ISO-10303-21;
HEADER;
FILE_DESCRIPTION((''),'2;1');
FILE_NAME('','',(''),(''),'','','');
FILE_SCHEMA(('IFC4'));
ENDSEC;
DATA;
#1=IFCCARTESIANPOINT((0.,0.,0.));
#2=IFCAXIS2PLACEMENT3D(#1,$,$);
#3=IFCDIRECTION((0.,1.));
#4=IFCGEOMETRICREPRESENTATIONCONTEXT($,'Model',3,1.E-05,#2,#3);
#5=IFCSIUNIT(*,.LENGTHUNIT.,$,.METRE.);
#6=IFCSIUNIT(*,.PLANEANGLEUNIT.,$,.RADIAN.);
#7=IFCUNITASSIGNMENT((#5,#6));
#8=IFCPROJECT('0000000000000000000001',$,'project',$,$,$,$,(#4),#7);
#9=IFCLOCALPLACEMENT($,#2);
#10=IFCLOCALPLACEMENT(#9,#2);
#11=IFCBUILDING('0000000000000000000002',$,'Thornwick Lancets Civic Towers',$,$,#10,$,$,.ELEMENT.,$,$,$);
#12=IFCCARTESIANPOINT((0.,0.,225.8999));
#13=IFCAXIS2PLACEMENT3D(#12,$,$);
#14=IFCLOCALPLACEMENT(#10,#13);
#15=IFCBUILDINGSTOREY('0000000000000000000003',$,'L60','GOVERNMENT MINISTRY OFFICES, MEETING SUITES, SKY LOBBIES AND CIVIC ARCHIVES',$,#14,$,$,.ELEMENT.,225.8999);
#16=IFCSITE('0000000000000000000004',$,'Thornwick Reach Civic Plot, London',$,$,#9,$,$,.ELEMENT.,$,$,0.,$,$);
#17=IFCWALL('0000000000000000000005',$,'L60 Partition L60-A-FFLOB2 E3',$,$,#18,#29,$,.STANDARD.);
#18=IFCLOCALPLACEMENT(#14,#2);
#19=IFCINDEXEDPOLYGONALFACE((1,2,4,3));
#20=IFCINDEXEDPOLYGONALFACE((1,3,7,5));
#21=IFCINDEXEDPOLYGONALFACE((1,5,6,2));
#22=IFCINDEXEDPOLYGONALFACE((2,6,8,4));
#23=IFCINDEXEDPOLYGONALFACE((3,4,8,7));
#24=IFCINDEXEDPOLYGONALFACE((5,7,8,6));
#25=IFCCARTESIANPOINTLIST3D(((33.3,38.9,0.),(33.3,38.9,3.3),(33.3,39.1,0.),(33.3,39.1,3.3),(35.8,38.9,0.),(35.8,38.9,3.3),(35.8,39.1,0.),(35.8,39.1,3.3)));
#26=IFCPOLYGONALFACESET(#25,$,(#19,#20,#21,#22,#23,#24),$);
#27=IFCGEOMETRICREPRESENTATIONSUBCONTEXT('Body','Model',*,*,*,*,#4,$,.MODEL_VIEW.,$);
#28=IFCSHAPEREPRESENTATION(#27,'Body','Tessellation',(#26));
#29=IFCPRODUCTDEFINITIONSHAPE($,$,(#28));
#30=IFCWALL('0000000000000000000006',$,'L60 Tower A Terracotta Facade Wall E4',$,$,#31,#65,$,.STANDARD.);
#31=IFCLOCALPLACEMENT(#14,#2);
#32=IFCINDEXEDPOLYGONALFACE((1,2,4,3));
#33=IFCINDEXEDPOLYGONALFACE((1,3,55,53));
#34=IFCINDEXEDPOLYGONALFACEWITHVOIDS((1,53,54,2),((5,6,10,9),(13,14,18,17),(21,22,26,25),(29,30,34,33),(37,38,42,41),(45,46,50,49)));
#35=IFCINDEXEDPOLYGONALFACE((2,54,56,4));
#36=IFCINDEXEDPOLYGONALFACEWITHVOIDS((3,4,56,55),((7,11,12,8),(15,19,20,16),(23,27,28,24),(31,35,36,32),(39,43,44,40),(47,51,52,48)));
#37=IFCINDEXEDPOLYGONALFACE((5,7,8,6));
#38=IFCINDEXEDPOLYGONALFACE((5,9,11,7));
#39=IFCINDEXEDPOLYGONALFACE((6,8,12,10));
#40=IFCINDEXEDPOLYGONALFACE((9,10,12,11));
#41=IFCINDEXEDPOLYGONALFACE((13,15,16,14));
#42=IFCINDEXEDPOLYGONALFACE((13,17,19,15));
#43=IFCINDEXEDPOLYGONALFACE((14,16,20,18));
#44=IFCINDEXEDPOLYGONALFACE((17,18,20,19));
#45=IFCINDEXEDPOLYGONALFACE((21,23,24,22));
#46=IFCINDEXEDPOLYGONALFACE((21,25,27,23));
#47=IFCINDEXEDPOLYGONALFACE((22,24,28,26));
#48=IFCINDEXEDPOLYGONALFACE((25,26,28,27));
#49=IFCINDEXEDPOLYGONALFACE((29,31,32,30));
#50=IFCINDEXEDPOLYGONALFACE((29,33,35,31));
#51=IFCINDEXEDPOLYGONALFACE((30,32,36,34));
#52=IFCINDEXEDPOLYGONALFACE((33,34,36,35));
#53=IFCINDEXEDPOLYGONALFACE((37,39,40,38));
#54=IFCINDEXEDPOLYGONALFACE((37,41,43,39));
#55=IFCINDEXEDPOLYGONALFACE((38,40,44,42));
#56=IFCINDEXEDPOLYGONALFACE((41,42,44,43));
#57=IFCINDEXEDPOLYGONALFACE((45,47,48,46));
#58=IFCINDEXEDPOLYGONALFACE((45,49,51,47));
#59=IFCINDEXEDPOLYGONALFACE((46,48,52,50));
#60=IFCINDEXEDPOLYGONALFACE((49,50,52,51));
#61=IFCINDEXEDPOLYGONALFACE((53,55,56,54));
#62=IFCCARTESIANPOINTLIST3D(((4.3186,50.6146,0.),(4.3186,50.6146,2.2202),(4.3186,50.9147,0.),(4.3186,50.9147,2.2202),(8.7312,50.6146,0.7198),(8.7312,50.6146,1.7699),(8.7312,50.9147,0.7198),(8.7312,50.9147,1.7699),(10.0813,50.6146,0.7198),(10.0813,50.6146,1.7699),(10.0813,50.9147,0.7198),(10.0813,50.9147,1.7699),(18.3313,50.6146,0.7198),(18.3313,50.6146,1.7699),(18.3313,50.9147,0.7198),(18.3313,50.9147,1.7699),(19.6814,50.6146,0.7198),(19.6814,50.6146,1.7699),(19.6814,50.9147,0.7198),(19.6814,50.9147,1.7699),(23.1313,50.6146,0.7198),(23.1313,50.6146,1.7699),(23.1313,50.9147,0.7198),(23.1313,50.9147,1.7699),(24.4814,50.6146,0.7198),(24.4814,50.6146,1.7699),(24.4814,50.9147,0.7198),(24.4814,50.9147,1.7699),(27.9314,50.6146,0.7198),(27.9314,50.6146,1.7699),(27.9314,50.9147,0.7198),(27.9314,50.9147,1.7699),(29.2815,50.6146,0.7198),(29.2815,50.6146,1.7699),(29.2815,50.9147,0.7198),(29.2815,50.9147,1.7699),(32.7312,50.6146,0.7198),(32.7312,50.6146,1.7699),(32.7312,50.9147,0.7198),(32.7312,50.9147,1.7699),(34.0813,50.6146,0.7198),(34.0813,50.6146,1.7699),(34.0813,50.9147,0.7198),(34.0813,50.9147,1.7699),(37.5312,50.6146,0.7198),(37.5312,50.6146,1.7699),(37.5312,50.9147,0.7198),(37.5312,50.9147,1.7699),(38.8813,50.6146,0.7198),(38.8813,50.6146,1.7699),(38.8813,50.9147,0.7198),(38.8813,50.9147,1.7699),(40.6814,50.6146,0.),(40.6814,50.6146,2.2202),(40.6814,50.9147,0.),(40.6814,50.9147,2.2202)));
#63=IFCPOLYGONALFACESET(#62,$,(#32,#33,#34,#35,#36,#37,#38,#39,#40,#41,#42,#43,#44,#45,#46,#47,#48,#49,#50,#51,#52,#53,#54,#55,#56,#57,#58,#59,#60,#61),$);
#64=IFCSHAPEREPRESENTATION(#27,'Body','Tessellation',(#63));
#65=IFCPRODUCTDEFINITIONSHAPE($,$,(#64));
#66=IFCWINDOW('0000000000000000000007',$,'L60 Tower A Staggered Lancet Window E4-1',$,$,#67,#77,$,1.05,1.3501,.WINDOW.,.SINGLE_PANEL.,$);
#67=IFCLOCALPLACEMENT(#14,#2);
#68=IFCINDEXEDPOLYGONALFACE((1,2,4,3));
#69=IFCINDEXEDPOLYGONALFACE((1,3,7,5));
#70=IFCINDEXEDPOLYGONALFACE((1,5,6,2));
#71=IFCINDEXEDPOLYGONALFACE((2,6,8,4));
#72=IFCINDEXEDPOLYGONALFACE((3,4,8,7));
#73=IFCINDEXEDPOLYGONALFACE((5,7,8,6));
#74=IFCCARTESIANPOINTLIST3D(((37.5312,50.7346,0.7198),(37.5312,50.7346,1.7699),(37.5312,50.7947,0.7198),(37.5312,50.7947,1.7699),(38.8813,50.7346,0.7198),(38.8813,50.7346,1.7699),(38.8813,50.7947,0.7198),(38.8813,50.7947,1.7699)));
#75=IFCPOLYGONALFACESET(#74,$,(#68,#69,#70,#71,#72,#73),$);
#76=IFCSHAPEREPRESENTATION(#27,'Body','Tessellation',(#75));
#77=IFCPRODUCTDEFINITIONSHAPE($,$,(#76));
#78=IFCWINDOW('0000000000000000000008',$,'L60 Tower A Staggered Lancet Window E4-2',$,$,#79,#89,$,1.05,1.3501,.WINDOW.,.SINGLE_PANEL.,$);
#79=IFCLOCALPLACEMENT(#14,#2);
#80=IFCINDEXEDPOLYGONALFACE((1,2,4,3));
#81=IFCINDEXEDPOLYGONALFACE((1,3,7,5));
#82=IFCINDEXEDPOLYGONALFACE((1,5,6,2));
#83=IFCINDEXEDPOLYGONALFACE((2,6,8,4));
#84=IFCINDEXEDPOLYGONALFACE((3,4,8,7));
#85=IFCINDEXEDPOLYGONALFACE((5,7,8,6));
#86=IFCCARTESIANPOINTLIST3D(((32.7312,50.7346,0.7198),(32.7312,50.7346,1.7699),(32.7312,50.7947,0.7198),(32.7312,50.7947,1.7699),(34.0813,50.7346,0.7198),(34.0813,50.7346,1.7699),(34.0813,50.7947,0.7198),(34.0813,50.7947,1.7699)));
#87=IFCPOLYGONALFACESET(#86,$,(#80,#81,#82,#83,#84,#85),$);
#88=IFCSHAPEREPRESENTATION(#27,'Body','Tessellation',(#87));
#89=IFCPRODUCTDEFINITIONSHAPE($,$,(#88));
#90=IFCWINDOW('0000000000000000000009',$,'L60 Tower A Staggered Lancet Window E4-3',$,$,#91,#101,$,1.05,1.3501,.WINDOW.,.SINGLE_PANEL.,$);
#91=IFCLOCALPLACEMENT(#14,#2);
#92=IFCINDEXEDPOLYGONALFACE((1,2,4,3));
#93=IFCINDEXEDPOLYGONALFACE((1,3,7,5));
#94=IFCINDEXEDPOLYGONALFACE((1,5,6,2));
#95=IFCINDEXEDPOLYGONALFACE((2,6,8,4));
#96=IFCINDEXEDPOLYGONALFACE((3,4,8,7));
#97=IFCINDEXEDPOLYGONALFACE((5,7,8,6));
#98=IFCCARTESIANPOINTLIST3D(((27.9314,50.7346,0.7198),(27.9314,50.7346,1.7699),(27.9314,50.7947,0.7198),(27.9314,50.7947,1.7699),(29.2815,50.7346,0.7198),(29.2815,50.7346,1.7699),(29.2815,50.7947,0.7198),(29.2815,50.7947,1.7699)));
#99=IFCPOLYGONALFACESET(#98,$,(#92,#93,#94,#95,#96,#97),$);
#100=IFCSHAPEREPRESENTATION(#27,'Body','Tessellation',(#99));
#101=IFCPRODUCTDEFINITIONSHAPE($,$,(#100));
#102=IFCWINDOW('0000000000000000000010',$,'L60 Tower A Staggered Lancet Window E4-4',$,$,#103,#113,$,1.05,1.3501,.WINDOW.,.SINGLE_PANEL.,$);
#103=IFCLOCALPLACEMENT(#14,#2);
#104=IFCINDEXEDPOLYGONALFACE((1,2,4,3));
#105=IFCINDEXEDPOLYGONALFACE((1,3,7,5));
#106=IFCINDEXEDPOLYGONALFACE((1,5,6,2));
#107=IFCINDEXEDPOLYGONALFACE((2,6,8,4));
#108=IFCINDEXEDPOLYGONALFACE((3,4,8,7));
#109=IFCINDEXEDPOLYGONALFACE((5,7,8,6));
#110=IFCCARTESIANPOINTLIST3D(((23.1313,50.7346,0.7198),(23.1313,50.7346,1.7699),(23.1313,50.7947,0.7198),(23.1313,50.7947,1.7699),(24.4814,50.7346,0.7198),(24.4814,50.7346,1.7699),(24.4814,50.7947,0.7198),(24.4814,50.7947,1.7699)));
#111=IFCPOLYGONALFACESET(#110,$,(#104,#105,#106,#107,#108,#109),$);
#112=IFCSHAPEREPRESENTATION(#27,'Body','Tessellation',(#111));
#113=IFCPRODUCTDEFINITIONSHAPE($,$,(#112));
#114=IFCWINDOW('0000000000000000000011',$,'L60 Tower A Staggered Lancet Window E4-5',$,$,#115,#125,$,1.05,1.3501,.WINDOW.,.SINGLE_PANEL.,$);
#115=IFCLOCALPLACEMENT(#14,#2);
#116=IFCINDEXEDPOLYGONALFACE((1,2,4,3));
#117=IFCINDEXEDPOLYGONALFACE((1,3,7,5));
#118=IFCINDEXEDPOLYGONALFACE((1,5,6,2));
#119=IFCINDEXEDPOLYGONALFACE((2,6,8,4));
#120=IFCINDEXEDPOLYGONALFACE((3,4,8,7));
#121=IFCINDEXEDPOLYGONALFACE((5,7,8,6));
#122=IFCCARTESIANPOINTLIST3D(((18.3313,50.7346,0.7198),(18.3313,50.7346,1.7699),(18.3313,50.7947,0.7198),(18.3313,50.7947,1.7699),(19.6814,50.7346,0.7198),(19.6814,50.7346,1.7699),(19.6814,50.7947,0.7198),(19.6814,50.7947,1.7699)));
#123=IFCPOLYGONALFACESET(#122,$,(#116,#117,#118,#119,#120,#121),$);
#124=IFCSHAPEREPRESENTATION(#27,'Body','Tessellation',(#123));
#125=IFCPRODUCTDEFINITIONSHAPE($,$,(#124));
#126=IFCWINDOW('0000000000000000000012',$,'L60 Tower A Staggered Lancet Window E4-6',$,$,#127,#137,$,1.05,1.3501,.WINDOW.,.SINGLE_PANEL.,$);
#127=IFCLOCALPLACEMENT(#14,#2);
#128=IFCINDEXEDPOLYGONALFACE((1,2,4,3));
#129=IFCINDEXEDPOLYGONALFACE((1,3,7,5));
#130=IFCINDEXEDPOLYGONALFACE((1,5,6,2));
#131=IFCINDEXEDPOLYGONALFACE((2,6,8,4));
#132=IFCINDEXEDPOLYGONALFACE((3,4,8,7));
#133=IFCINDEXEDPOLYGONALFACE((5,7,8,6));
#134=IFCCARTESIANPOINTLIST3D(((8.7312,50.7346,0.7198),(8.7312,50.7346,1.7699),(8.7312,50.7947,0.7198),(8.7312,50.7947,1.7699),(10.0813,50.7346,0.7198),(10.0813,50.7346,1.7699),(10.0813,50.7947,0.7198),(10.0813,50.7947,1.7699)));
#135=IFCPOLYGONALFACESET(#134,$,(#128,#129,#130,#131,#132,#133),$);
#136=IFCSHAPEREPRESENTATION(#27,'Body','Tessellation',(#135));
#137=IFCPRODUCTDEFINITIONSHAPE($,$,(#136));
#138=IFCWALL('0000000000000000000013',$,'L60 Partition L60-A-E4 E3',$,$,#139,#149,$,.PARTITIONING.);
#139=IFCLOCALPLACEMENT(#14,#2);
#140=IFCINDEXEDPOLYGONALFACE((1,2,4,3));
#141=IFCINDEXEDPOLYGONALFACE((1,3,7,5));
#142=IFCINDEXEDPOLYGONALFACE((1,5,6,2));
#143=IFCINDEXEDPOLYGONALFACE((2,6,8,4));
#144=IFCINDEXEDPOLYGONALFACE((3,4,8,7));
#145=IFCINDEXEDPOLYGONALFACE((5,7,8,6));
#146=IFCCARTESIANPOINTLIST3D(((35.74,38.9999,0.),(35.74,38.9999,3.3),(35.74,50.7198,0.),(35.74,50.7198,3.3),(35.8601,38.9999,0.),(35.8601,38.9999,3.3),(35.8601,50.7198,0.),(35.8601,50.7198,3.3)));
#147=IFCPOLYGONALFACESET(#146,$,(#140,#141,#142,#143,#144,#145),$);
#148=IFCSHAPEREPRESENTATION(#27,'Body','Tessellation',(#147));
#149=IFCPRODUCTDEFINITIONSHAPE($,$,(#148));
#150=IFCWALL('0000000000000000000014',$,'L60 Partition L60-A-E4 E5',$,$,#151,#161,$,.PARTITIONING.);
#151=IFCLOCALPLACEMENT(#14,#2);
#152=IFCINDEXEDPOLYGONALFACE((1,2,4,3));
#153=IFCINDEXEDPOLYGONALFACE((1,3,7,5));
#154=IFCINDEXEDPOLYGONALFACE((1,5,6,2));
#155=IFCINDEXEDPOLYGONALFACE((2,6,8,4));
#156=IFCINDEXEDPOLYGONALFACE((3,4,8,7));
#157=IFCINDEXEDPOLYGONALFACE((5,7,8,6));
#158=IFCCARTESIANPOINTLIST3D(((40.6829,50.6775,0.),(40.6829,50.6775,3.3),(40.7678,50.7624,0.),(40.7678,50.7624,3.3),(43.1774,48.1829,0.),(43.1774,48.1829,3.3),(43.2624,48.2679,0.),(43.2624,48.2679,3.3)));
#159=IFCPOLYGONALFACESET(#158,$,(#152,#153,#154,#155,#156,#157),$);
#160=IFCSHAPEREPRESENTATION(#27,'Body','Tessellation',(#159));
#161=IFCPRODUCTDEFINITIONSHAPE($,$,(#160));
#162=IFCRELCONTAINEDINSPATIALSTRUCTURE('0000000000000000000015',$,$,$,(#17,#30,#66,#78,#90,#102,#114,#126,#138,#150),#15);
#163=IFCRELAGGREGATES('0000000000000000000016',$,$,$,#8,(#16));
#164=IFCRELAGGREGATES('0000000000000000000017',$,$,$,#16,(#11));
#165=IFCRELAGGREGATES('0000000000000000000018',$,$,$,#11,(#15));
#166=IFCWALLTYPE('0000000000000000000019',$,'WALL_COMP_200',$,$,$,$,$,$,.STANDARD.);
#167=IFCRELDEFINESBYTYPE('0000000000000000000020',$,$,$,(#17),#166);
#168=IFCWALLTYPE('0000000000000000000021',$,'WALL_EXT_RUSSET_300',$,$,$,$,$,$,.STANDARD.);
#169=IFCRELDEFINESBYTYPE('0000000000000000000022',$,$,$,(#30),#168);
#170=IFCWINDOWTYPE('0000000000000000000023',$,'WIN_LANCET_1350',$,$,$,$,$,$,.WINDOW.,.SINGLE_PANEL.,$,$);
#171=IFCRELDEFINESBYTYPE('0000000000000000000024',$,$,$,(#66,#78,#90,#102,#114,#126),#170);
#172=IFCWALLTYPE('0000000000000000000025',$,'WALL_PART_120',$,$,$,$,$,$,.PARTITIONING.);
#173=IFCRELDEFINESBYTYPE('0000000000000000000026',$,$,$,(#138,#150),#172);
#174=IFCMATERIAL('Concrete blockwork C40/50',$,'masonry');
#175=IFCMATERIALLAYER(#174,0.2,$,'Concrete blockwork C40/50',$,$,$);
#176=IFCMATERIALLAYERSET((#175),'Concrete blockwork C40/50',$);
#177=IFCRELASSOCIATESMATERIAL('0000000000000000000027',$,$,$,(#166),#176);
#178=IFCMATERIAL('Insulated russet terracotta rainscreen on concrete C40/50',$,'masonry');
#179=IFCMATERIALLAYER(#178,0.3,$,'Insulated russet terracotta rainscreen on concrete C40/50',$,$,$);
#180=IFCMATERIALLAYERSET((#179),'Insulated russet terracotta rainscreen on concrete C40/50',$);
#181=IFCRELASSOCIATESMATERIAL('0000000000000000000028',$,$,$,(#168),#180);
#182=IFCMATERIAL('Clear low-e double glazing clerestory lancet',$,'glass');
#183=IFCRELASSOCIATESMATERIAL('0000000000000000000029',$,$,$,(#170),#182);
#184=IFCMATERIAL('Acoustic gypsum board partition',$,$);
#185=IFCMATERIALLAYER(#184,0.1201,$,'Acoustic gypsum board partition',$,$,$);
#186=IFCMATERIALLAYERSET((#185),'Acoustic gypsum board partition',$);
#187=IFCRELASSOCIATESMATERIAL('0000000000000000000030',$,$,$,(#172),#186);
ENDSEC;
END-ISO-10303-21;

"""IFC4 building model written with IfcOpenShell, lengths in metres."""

from ifc_helpers import new_model, si_unit, direction, frame, frame_2d, origin, place, context, subcontext, project, spatial, rectangle, extrude, material, layer, layer_set, type_object, element, fill, save


model = new_model("IFC4")

# Units and contexts
model_context = context("Model", 3, precision=1e-05, world=origin(), true_north=direction((0.0, 1.0)))
body_context = subcontext(model_context, "Body", "Model", "MODEL_VIEW")
ifc_project = project(units=[si_unit("LENGTHUNIT", "METRE"), si_unit("PLANEANGLEUNIT", "RADIAN")], contexts=[model_context])

# Site, building, storey
site_placement = place(None, origin())
site = spatial("IfcSite", under=ifc_project, at=site_placement, Name="Thornwick Reach Civic Plot, London", CompositionType="ELEMENT", RefElevation=0.0)
building_placement = place(site_placement, origin())
building = spatial("IfcBuilding", under=site, at=building_placement, Name="Thornwick Lancets Civic Towers", CompositionType="ELEMENT")
storey_placement = place(building_placement, frame((0.0, 0.0, 225.8999)))
storey = spatial("IfcBuildingStorey", under=building, at=storey_placement, Name="L60", Description="GOVERNMENT MINISTRY OFFICES, MEETING SUITES, SKY LOBBIES AND CIVIC ARCHIVES", CompositionType="ELEMENT", Elevation=225.8999)

# Wall
ifc_material_1 = material(Name="Concrete blockwork C40/50", Category="masonry")
ifc_layer_1 = layer(ifc_material_1, 0.2, Name="Concrete blockwork C40/50")
ifc_layer_set_1 = layer_set([ifc_layer_1], Name="Concrete blockwork C40/50")
wall_type_1 = type_object("IfcWallType", Name="WALL_COMP_200", PredefinedType="STANDARD", material=ifc_layer_set_1)
wall_1_placement = place(storey_placement, frame((35.8, 39.0, 0.0), z_axis=(0.0, 0.0, 1.0), x_axis=(-1.0, 0.0, 0.0)))
element("IfcWall", 1, at=wall_1_placement, inside=storey, type_object=wall_type_1, Name="L60 Partition L60-A-FFLOB2 E3", PredefinedType="STANDARD", context=body_context, shape_type="SweptSolid", body=[
    extrude(rectangle(XDim=2.5, YDim=0.2, at=frame_2d((1.25, 0.0))), origin(), (0.0, 0.0, 1.0), 3.3),
])

# Wall, openings, windows
ifc_material_2 = material(Name="Insulated russet terracotta rainscreen on concrete C40/50", Category="masonry")
ifc_layer_2 = layer(ifc_material_2, 0.3, Name="Insulated russet terracotta rainscreen on concrete C40/50")
ifc_layer_set_2 = layer_set([ifc_layer_2], Name="Insulated russet terracotta rainscreen on concrete C40/50")
wall_type_2 = type_object("IfcWallType", Name="WALL_EXT_RUSSET_300", PredefinedType="STANDARD", material=ifc_layer_set_2)
wall_2_placement = place(storey_placement, frame((40.6814, 50.7646, 0.0), z_axis=(0.0, 0.0, 1.0), x_axis=(-1.0, 0.0, 0.0)))
wall_2 = element("IfcWall", 2, at=wall_2_placement, inside=storey, type_object=wall_type_2, Name="L60 Tower A Terracotta Facade Wall E4", PredefinedType="STANDARD", context=body_context, shape_type="SweptSolid", body=[
    extrude(rectangle(XDim=36.3628, YDim=0.3, at=frame_2d((18.1814, 0.0))), origin(), (0.0, 0.0, 1.0), 2.2202),
])
opening_1_placement = place(wall_2_placement, frame((1.8, 0.0, 0.72)))
opening_1 = element("IfcOpeningElement", 3, at=opening_1_placement, cuts=wall_2, PredefinedType="OPENING", context=body_context, shape_type="SweptSolid", body=[
    extrude(rectangle(XDim=1.3501, YDim=1.05, at=frame_2d((0.675, 0.5249))), frame((0.0, 0.1602, 0.0), z_axis=(0.0, -1.0, 0.0), x_axis=(1.0, 0.0, 0.0)), (0.0, 0.0, 1.0), 0.3201),
])
opening_2_placement = place(wall_2_placement, frame((6.6001, 0.0, 0.72)))
opening_2 = element("IfcOpeningElement", 4, at=opening_2_placement, cuts=wall_2, PredefinedType="OPENING", context=body_context, shape_type="SweptSolid", body=[
    extrude(rectangle(XDim=1.3501, YDim=1.05, at=frame_2d((0.675, 0.5249))), frame((0.0, 0.1602, 0.0), z_axis=(0.0, -1.0, 0.0), x_axis=(1.0, 0.0, 0.0)), (0.0, 0.0, 1.0), 0.3201),
])
opening_3_placement = place(wall_2_placement, frame((11.3999, 0.0, 0.72)))
opening_3 = element("IfcOpeningElement", 5, at=opening_3_placement, cuts=wall_2, PredefinedType="OPENING", context=body_context, shape_type="SweptSolid", body=[
    extrude(rectangle(XDim=1.3501, YDim=1.05, at=frame_2d((0.675, 0.5249))), frame((0.0, 0.1602, 0.0), z_axis=(0.0, -1.0, 0.0), x_axis=(1.0, 0.0, 0.0)), (0.0, 0.0, 1.0), 0.3201),
])
opening_4_placement = place(wall_2_placement, frame((16.2, 0.0, 0.72)))
opening_4 = element("IfcOpeningElement", 6, at=opening_4_placement, cuts=wall_2, PredefinedType="OPENING", context=body_context, shape_type="SweptSolid", body=[
    extrude(rectangle(XDim=1.3501, YDim=1.05, at=frame_2d((0.675, 0.5249))), frame((0.0, 0.1602, 0.0), z_axis=(0.0, -1.0, 0.0), x_axis=(1.0, 0.0, 0.0)), (0.0, 0.0, 1.0), 0.3201),
])
opening_5_placement = place(wall_2_placement, frame((21.0, 0.0, 0.72)))
opening_5 = element("IfcOpeningElement", 7, at=opening_5_placement, cuts=wall_2, PredefinedType="OPENING", context=body_context, shape_type="SweptSolid", body=[
    extrude(rectangle(XDim=1.3501, YDim=1.05, at=frame_2d((0.675, 0.5249))), frame((0.0, 0.1602, 0.0), z_axis=(0.0, -1.0, 0.0), x_axis=(1.0, 0.0, 0.0)), (0.0, 0.0, 1.0), 0.3201),
])
opening_6_placement = place(wall_2_placement, frame((30.6001, 0.0, 0.72)))
opening_6 = element("IfcOpeningElement", 8, at=opening_6_placement, cuts=wall_2, PredefinedType="OPENING", context=body_context, shape_type="SweptSolid", body=[
    extrude(rectangle(XDim=1.3501, YDim=1.05, at=frame_2d((0.675, 0.5249))), frame((0.0, 0.1602, 0.0), z_axis=(0.0, -1.0, 0.0), x_axis=(1.0, 0.0, 0.0)), (0.0, 0.0, 1.0), 0.3201),
])
ifc_material_3 = material(Name="Clear low-e double glazing clerestory lancet", Category="glass")
window_type = type_object("IfcWindowType", Name="WIN_LANCET_1350", PartitioningType="SINGLE_PANEL", PredefinedType="WINDOW", material=ifc_material_3)
window_1_placement = place(opening_1_placement, origin())
window_1 = element("IfcWindow", 9, at=window_1_placement, inside=storey, type_object=window_type, Name="L60 Tower A Staggered Lancet Window E4-1", OverallHeight=1.05, OverallWidth=1.3501, PartitioningType="SINGLE_PANEL", PredefinedType="WINDOW", context=body_context, shape_type="SweptSolid", body=[
    extrude(rectangle(XDim=1.3501, YDim=1.05, at=frame_2d((0.675, 0.5249))), frame((0.0, 0.03, 0.0), z_axis=(0.0, -1.0, 0.0), x_axis=(1.0, 0.0, 0.0)), (0.0, 0.0, 1.0), 0.0601),
])
fill(opening_1, window_1)
window_2_placement = place(opening_2_placement, origin())
window_2 = element("IfcWindow", 10, at=window_2_placement, inside=storey, type_object=window_type, Name="L60 Tower A Staggered Lancet Window E4-2", OverallHeight=1.05, OverallWidth=1.3501, PartitioningType="SINGLE_PANEL", PredefinedType="WINDOW", context=body_context, shape_type="SweptSolid", body=[
    extrude(rectangle(XDim=1.3501, YDim=1.05, at=frame_2d((0.675, 0.5249))), frame((0.0, 0.03, 0.0), z_axis=(0.0, -1.0, 0.0), x_axis=(1.0, 0.0, 0.0)), (0.0, 0.0, 1.0), 0.0601),
])
fill(opening_2, window_2)
window_3_placement = place(opening_3_placement, origin())
window_3 = element("IfcWindow", 11, at=window_3_placement, inside=storey, type_object=window_type, Name="L60 Tower A Staggered Lancet Window E4-3", OverallHeight=1.05, OverallWidth=1.3501, PartitioningType="SINGLE_PANEL", PredefinedType="WINDOW", context=body_context, shape_type="SweptSolid", body=[
    extrude(rectangle(XDim=1.3501, YDim=1.05, at=frame_2d((0.675, 0.5249))), frame((0.0, 0.03, 0.0), z_axis=(0.0, -1.0, 0.0), x_axis=(1.0, 0.0, 0.0)), (0.0, 0.0, 1.0), 0.0601),
])
fill(opening_3, window_3)
window_4_placement = place(opening_4_placement, origin())
window_4 = element("IfcWindow", 12, at=window_4_placement, inside=storey, type_object=window_type, Name="L60 Tower A Staggered Lancet Window E4-4", OverallHeight=1.05, OverallWidth=1.3501, PartitioningType="SINGLE_PANEL", PredefinedType="WINDOW", context=body_context, shape_type="SweptSolid", body=[
    extrude(rectangle(XDim=1.3501, YDim=1.05, at=frame_2d((0.675, 0.5249))), frame((0.0, 0.03, 0.0), z_axis=(0.0, -1.0, 0.0), x_axis=(1.0, 0.0, 0.0)), (0.0, 0.0, 1.0), 0.0601),
])
fill(opening_4, window_4)
window_5_placement = place(opening_5_placement, origin())
window_5 = element("IfcWindow", 13, at=window_5_placement, inside=storey, type_object=window_type, Name="L60 Tower A Staggered Lancet Window E4-5", OverallHeight=1.05, OverallWidth=1.3501, PartitioningType="SINGLE_PANEL", PredefinedType="WINDOW", context=body_context, shape_type="SweptSolid", body=[
    extrude(rectangle(XDim=1.3501, YDim=1.05, at=frame_2d((0.675, 0.5249))), frame((0.0, 0.03, 0.0), z_axis=(0.0, -1.0, 0.0), x_axis=(1.0, 0.0, 0.0)), (0.0, 0.0, 1.0), 0.0601),
])
fill(opening_5, window_5)
window_6_placement = place(opening_6_placement, origin())
window_6 = element("IfcWindow", 14, at=window_6_placement, inside=storey, type_object=window_type, Name="L60 Tower A Staggered Lancet Window E4-6", OverallHeight=1.05, OverallWidth=1.3501, PartitioningType="SINGLE_PANEL", PredefinedType="WINDOW", context=body_context, shape_type="SweptSolid", body=[
    extrude(rectangle(XDim=1.3501, YDim=1.05, at=frame_2d((0.675, 0.5249))), frame((0.0, 0.03, 0.0), z_axis=(0.0, -1.0, 0.0), x_axis=(1.0, 0.0, 0.0)), (0.0, 0.0, 1.0), 0.0601),
])
fill(opening_6, window_6)

# Walls
ifc_material_4 = material(Name="Acoustic gypsum board partition")
ifc_layer_3 = layer(ifc_material_4, 0.1201, Name="Acoustic gypsum board partition")
ifc_layer_set_3 = layer_set([ifc_layer_3], Name="Acoustic gypsum board partition")
wall_type_3 = type_object("IfcWallType", Name="WALL_PART_120", PredefinedType="PARTITIONING", material=ifc_layer_set_3)
wall_3_placement = place(storey_placement, frame((35.8, 39.0, 0.0), z_axis=(0.0, 0.0, 1.0), x_axis=(0.0, 1.0, 0.0)))
element("IfcWall", 15, at=wall_3_placement, inside=storey, type_object=wall_type_3, Name="L60 Partition L60-A-E4 E3", PredefinedType="PARTITIONING", context=body_context, shape_type="SweptSolid", body=[
    extrude(rectangle(XDim=11.72, YDim=0.1201, at=frame_2d((5.8599, 0.0))), origin(), (0.0, 0.0, 1.0), 3.3),
])
wall_4_placement = place(storey_placement, frame((40.7253, 50.72, 0.0), z_axis=(0.0, 0.0, 1.0), x_axis=(0.707107, -0.707107, 0.0)))
element("IfcWall", 16, at=wall_4_placement, inside=storey, type_object=wall_type_3, Name="L60 Partition L60-A-E4 E5", PredefinedType="PARTITIONING", context=body_context, shape_type="SweptSolid", body=[
    extrude(rectangle(XDim=3.5278, YDim=0.1201, at=frame_2d((1.7639, 0.0))), origin(), (0.0, 0.0, 1.0), 3.3),
])

save(model, "model.ifc")
